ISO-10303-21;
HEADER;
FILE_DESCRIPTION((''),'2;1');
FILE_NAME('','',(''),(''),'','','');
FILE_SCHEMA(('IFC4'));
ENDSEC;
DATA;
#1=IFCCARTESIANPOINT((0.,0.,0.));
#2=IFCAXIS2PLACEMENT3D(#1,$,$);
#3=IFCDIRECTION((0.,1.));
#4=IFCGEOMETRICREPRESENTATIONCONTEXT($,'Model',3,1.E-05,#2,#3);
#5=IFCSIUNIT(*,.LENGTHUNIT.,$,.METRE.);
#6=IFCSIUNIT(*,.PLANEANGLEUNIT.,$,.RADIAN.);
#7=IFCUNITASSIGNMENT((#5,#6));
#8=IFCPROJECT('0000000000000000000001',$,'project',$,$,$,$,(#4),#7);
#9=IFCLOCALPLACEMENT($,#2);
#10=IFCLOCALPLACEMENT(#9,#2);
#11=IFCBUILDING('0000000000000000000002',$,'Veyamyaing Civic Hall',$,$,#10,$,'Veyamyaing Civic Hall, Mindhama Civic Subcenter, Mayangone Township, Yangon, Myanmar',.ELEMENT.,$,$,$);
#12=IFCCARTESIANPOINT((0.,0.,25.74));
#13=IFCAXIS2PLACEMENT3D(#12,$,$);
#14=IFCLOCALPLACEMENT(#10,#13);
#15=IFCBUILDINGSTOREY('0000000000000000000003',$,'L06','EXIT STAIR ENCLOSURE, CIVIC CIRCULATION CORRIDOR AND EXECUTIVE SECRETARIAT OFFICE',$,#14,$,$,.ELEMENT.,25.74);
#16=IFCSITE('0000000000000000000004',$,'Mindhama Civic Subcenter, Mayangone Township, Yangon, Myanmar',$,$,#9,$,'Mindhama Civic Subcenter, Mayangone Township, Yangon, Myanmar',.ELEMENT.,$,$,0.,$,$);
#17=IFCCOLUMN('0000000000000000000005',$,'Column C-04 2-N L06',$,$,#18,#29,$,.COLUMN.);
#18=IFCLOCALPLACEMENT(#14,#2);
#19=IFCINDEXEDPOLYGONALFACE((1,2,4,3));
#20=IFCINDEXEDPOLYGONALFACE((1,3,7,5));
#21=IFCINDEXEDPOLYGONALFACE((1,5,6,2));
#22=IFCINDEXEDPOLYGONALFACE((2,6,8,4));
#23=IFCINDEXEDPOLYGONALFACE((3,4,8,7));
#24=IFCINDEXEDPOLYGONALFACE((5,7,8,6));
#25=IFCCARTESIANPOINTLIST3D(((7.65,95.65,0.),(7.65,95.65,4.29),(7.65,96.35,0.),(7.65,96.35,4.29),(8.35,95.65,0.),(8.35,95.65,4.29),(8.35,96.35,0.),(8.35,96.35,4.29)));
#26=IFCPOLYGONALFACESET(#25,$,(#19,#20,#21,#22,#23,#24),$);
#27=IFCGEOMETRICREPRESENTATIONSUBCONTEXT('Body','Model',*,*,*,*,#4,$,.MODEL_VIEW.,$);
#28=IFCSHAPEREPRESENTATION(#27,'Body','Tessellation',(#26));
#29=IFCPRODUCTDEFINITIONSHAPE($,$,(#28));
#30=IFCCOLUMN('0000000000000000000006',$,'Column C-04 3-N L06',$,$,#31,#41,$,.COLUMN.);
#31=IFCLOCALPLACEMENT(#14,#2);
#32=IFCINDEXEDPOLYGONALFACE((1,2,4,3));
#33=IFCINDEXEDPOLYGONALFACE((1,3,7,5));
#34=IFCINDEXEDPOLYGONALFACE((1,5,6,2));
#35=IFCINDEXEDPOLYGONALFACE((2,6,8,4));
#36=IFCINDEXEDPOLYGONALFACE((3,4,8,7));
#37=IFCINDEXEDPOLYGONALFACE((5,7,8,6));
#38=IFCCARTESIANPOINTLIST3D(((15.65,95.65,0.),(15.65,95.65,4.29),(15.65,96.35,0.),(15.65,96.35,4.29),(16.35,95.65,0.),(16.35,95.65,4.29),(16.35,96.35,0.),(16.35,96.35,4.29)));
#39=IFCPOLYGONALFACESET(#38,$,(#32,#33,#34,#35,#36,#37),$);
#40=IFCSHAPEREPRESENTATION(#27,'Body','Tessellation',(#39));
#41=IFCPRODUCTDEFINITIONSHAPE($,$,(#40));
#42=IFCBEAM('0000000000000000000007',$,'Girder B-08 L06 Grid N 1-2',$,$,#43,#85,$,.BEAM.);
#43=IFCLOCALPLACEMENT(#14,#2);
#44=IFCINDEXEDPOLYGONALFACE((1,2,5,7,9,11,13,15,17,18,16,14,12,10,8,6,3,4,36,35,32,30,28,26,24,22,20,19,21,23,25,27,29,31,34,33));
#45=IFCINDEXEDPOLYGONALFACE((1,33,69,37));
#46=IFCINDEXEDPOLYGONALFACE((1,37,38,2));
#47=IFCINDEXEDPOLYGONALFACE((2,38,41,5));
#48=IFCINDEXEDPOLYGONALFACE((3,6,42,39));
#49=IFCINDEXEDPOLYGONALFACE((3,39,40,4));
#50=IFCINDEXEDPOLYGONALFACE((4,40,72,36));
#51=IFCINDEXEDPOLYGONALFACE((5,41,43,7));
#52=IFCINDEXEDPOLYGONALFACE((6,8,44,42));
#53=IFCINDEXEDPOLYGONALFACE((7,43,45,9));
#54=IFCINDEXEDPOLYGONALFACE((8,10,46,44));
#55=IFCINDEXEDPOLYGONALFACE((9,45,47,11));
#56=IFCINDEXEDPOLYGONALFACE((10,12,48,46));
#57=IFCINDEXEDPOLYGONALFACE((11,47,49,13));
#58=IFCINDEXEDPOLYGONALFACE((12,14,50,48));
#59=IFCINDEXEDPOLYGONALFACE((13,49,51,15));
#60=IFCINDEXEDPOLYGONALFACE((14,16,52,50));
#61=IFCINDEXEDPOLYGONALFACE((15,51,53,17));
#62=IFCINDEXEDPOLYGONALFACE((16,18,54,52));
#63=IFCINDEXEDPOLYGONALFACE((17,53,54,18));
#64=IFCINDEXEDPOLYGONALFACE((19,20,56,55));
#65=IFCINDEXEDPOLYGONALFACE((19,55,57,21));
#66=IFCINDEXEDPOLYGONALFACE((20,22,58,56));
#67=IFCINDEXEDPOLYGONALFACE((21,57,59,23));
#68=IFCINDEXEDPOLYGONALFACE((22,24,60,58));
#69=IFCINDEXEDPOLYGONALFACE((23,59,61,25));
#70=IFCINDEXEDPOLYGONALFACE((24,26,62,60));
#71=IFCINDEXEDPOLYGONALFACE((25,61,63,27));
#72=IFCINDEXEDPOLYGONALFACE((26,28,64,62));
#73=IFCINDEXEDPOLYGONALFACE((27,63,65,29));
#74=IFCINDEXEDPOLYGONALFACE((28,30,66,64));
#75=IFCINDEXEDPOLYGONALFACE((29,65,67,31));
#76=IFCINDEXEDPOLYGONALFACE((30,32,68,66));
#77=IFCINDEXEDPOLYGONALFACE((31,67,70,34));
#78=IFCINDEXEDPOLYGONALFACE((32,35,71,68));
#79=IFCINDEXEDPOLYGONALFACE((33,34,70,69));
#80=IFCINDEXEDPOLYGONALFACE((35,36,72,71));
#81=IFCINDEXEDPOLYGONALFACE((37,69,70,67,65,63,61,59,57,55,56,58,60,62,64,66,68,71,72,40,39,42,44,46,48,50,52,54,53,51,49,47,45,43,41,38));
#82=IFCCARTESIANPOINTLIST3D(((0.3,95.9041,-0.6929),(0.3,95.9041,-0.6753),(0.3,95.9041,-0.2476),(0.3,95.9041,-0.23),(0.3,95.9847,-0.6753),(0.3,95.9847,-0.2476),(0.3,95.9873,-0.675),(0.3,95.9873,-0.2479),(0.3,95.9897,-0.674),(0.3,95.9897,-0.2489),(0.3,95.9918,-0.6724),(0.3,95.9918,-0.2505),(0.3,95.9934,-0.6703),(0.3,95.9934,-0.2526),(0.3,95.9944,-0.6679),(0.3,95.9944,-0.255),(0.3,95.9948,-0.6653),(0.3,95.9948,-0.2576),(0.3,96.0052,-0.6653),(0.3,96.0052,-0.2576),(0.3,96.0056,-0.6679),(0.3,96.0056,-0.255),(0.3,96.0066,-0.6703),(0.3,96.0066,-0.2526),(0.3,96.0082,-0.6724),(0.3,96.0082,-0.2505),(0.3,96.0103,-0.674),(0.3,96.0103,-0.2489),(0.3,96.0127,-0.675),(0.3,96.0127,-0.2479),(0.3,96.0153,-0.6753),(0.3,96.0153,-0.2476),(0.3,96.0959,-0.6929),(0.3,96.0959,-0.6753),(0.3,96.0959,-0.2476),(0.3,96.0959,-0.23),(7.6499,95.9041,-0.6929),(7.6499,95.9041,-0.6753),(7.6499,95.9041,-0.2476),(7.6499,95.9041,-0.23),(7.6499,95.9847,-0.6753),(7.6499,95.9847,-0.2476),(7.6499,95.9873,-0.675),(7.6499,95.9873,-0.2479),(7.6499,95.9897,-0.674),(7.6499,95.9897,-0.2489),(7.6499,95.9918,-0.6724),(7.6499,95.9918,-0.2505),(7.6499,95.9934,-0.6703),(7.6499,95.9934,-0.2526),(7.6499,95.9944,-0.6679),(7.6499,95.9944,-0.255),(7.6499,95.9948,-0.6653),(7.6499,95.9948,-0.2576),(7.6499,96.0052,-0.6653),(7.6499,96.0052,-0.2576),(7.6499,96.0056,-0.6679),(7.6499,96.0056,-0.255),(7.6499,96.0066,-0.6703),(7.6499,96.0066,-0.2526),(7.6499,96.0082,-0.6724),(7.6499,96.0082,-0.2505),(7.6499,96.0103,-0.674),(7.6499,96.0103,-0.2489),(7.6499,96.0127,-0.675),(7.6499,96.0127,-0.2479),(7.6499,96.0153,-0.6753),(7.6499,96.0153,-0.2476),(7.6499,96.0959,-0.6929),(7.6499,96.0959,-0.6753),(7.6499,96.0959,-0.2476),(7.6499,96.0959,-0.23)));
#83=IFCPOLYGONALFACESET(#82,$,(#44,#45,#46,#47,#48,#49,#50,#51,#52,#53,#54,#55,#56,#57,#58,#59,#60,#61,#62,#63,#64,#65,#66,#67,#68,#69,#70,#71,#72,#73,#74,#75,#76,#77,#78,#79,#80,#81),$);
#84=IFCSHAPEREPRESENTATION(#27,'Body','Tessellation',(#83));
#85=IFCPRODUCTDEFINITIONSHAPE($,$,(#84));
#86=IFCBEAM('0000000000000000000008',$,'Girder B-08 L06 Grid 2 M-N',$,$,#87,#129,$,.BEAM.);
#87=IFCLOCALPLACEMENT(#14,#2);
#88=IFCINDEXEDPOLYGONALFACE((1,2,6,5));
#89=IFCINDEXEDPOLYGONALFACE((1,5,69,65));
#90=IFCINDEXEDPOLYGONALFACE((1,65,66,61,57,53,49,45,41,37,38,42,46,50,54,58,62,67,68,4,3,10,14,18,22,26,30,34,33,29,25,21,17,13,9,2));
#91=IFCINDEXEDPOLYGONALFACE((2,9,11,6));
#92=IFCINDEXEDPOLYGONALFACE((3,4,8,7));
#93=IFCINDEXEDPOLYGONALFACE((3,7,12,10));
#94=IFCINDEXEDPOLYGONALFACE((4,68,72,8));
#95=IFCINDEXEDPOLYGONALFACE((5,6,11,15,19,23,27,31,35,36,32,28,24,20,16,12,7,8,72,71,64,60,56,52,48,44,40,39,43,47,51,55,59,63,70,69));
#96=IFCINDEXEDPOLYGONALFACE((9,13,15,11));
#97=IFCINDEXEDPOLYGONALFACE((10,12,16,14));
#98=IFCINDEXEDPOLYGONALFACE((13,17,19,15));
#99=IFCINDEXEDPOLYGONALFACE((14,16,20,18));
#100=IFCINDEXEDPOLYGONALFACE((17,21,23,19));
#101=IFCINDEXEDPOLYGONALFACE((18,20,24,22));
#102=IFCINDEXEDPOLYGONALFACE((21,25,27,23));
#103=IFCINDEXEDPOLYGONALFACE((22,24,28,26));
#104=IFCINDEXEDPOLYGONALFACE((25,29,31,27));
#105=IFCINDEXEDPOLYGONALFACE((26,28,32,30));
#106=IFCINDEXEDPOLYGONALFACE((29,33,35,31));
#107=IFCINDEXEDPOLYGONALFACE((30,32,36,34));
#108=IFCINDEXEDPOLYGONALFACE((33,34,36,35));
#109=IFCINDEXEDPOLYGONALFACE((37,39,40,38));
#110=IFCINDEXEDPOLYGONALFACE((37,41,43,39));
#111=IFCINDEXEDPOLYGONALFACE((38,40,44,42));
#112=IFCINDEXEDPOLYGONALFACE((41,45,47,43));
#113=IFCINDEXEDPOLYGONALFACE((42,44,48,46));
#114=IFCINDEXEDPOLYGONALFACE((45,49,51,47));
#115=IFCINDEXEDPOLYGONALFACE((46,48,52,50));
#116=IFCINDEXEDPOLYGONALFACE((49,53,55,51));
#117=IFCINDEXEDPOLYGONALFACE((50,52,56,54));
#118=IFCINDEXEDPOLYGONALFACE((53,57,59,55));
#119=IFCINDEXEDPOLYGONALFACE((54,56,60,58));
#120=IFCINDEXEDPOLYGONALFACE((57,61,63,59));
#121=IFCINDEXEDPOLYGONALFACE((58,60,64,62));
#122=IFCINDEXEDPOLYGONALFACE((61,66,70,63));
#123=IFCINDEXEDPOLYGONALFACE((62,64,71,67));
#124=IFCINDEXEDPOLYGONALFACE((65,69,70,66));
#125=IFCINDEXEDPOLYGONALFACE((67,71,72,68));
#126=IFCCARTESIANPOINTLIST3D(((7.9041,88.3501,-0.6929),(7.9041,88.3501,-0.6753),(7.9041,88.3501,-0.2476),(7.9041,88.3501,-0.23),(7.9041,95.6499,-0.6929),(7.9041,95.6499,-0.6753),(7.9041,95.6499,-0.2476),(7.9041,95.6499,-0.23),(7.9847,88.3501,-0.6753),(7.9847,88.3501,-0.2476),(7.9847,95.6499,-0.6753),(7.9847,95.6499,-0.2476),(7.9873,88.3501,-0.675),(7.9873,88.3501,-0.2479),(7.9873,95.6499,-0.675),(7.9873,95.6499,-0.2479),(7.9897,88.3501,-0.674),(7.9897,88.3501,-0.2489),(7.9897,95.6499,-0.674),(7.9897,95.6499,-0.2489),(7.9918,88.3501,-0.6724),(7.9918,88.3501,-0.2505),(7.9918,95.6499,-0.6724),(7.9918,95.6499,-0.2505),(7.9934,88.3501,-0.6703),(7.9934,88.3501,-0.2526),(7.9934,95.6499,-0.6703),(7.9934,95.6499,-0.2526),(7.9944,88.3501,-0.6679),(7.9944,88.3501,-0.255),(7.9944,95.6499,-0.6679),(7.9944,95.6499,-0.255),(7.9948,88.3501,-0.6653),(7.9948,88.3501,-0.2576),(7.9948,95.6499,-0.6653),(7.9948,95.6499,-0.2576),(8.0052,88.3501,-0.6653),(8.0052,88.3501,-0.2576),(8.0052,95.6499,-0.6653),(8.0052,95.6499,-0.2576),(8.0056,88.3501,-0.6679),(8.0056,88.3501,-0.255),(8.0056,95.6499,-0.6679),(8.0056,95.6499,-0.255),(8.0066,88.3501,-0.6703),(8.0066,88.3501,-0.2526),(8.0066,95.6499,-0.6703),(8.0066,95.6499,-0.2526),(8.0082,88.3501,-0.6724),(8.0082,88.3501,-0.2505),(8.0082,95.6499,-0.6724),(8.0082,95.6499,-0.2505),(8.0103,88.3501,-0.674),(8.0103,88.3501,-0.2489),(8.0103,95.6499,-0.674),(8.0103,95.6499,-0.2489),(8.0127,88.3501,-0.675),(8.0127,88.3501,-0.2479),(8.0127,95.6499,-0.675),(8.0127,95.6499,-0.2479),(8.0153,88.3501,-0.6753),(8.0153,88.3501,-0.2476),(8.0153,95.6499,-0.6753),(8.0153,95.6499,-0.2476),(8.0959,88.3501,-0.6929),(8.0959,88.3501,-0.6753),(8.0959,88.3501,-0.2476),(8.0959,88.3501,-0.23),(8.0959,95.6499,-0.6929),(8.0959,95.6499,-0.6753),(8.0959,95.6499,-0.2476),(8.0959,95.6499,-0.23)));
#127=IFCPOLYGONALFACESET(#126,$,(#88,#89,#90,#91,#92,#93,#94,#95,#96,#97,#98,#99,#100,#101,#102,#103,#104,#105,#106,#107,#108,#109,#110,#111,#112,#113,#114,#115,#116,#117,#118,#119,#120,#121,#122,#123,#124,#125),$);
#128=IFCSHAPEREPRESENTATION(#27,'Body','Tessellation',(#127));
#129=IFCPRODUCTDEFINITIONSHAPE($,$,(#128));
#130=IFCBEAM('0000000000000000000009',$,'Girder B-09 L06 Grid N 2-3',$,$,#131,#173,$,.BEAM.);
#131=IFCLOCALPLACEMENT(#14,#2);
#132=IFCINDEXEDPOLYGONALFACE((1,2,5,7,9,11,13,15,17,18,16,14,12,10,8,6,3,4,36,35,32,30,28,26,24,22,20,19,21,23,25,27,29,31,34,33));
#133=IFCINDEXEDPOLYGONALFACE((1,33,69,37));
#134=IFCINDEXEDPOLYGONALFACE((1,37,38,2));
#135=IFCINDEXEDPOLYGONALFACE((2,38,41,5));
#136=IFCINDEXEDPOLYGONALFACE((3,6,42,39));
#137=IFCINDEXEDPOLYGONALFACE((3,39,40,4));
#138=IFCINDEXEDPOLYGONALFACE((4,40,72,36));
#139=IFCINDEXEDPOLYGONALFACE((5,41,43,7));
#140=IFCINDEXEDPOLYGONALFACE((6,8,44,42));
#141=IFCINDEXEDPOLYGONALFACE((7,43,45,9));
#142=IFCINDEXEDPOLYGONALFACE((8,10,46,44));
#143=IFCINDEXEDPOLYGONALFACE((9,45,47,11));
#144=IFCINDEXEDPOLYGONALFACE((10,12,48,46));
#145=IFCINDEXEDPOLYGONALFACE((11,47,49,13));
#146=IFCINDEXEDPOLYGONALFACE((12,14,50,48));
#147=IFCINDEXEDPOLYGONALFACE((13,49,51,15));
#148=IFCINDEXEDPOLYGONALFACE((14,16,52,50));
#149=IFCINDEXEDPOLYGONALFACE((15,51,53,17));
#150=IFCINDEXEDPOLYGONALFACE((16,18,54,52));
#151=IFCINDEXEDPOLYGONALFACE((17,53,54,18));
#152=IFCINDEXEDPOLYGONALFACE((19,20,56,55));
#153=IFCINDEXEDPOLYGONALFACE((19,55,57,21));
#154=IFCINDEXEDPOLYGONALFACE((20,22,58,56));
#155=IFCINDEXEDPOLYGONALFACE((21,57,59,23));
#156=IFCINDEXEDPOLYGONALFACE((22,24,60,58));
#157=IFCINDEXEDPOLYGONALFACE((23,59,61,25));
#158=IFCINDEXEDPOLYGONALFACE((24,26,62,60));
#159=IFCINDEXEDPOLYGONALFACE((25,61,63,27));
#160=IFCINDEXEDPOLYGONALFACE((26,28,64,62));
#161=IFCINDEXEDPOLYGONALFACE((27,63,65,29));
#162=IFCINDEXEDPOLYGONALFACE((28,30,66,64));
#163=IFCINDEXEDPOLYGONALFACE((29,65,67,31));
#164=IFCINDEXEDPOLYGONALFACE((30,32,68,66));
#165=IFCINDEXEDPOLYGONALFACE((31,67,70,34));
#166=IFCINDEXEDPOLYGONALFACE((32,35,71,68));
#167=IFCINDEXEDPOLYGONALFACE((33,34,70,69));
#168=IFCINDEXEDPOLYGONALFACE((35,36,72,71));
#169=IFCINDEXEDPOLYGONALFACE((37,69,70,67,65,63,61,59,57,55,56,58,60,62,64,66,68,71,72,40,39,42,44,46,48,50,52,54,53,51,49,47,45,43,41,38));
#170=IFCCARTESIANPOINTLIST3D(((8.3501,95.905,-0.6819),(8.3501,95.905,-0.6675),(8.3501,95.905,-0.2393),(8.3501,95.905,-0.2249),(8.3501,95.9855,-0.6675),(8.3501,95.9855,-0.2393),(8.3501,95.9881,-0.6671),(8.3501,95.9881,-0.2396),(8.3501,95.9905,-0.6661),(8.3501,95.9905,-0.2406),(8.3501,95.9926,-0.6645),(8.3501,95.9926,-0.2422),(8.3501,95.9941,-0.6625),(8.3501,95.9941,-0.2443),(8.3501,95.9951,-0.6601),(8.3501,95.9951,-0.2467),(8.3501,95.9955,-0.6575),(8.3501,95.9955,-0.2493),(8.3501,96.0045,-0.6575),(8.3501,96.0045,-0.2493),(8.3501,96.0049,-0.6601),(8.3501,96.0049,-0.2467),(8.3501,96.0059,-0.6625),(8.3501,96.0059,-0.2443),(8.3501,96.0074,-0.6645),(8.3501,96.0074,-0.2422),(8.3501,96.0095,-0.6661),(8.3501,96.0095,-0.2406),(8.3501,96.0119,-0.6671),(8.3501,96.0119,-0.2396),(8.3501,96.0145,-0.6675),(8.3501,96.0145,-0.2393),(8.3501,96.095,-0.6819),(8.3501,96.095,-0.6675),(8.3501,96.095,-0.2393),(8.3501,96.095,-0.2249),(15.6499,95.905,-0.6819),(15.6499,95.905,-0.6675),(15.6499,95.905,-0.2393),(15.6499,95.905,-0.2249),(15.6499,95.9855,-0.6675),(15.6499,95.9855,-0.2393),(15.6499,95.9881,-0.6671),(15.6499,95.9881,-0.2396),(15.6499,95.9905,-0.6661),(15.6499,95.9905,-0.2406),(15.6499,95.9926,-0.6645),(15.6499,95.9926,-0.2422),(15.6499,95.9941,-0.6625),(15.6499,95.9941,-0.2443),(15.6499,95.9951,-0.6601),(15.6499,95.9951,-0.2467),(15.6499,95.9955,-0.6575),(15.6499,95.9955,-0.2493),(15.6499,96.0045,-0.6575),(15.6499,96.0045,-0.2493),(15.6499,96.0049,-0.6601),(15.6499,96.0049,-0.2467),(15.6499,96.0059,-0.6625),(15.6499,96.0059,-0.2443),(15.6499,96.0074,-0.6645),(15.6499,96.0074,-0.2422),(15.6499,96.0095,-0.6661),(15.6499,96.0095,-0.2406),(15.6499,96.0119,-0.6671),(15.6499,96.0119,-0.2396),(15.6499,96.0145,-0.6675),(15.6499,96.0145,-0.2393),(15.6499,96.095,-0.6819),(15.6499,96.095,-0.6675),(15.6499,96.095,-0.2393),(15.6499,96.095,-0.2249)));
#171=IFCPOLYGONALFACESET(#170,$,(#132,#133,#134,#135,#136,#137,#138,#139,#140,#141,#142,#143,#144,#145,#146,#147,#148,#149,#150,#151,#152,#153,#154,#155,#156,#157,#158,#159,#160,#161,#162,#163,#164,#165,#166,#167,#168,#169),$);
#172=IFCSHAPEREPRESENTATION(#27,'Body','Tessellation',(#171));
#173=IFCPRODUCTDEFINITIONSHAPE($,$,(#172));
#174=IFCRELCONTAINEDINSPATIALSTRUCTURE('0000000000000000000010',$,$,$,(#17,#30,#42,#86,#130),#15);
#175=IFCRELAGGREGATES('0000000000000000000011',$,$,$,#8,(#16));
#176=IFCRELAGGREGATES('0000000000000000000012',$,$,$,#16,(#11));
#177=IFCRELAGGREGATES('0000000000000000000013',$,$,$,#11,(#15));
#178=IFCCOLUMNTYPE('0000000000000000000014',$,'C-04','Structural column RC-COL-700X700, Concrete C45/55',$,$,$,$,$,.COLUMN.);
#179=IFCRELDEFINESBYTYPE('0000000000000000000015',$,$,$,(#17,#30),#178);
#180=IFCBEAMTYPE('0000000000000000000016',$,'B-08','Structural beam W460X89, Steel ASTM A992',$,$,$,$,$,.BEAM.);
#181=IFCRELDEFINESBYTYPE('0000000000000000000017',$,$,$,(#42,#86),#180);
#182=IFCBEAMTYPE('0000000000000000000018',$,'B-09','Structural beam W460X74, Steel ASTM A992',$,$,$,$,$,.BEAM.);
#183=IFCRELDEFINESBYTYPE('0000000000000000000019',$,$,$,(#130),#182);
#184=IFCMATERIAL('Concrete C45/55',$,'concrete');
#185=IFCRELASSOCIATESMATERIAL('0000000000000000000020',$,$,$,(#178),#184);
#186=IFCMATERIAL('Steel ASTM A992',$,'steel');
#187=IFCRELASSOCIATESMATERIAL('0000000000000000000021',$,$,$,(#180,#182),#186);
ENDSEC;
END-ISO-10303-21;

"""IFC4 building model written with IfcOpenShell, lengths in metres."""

from ifc_helpers import new_model, si_unit, direction, frame, origin, origin_2d, place, context, subcontext, project, spatial, rectangle, i_section, extrude, material, material_profile, profile_set, type_object, element, save


model = new_model("IFC4")

# Units and contexts
model_context = context("Model", 3, precision=1e-05, world=origin(), true_north=direction((0.0, 1.0)))
body_context = subcontext(model_context, "Body", "Model", "MODEL_VIEW")
ifc_project = project(units=[si_unit("LENGTHUNIT", "METRE"), si_unit("PLANEANGLEUNIT", "RADIAN")], contexts=[model_context])

# Site, building, storey
site_placement = place(None, origin())
site = spatial("IfcSite", under=ifc_project, at=site_placement, Name="Mindhama Civic Subcenter, Mayangone Township, Yangon, Myanmar", LongName="Mindhama Civic Subcenter, Mayangone Township, Yangon, Myanmar", CompositionType="ELEMENT", RefElevation=0.0)
building_placement = place(site_placement, origin())
building = spatial("IfcBuilding", under=site, at=building_placement, Name="Veyamyaing Civic Hall", LongName="Veyamyaing Civic Hall, Mindhama Civic Subcenter, Mayangone Township, Yangon, Myanmar", CompositionType="ELEMENT")
storey_placement = place(building_placement, frame((0.0, 0.0, 25.74)))
storey = spatial("IfcBuildingStorey", under=building, at=storey_placement, Name="L06", Description="EXIT STAIR ENCLOSURE, CIVIC CIRCULATION CORRIDOR AND EXECUTIVE SECRETARIAT OFFICE", CompositionType="ELEMENT", Elevation=25.74)

# Columns
ifc_material_1 = material(Name="Concrete C45/55", Category="concrete")
ifc_material_profile_1 = material_profile(ifc_material_1, rectangle(XDim=0.7, YDim=0.7, at=origin_2d()), Name="RC-COL-700X700")
ifc_profile_set_1 = profile_set([ifc_material_profile_1], Name="Concrete C45/55")
column_type = type_object("IfcColumnType", Name="C-04", Description="Structural column RC-COL-700X700, Concrete C45/55", PredefinedType="COLUMN", material=ifc_profile_set_1)
for number, where, z_axis, x_axis, name in (
    (1, (8.0, 96.0, 0.0), (0.0, 0.0, 1.0), (1.0, 0.0, 0.0), "Column C-04 2-N L06"),
    (2, (16.0, 96.0, 0.0), (0.0, 0.0, 1.0), (1.0, 0.0, 0.0), "Column C-04 3-N L06"),
):
    element("IfcColumn", number, at=place(storey_placement, frame(where, z_axis=z_axis, x_axis=x_axis)), inside=storey, type_object=column_type, Name=name, PredefinedType="COLUMN", context=body_context, shape_type="SweptSolid", body=[
        extrude(rectangle(XDim=0.7, YDim=0.7, at=origin_2d()), origin(), (0.0, 0.0, 1.0), 4.29),
    ])

# Beams
ifc_material_2 = material(Name="Steel ASTM A992", Category="steel")
ifc_material_profile_2 = material_profile(ifc_material_2, i_section(OverallWidth=0.1919, OverallDepth=0.4629, WebThickness=0.0105, FlangeThickness=0.0176, FilletRadius=0.01, at=origin_2d()), Name="W460X89")
ifc_profile_set_2 = profile_set([ifc_material_profile_2], Name="Steel ASTM A992")
beam_type_1 = type_object("IfcBeamType", Name="B-08", Description="Structural beam W460X89, Steel ASTM A992", PredefinedType="BEAM", material=ifc_profile_set_2)
beam_1_placement = place(storey_placement, frame((0.3, 96.0, -0.4614), z_axis=(1.0, 0.0, 0.0), x_axis=(0.0, 1.0, 0.0)))
element("IfcBeam", 3, at=beam_1_placement, inside=storey, type_object=beam_type_1, Name="Girder B-08 L06 Grid N 1-2", PredefinedType="BEAM", context=body_context, shape_type="SweptSolid", body=[
    extrude(i_section(OverallWidth=0.1919, OverallDepth=0.4629, WebThickness=0.0105, FlangeThickness=0.0176, FilletRadius=0.01, at=origin_2d()), origin(), (0.0, 0.0, 1.0), 7.3499),
])
beam_2_placement = place(storey_placement, frame((8.0, 88.3501, -0.4614), z_axis=(0.0, 1.0, 0.0), x_axis=(-1.0, 0.0, 0.0)))
element("IfcBeam", 4, at=beam_2_placement, inside=storey, type_object=beam_type_1, Name="Girder B-08 L06 Grid 2 M-N", PredefinedType="BEAM", context=body_context, shape_type="SweptSolid", body=[
    extrude(i_section(OverallWidth=0.1919, OverallDepth=0.4629, WebThickness=0.0105, FlangeThickness=0.0176, FilletRadius=0.01, at=origin_2d()), origin(), (0.0, 0.0, 1.0), 7.2998),
])
ifc_material_profile_3 = material_profile(ifc_material_2, i_section(OverallWidth=0.1899, OverallDepth=0.457, WebThickness=0.009, FlangeThickness=0.0144, FilletRadius=0.01, at=origin_2d()), Name="W460X74")
ifc_profile_set_3 = profile_set([ifc_material_profile_3], Name="Steel ASTM A992")
beam_type_2 = type_object("IfcBeamType", Name="B-09", Description="Structural beam W460X74, Steel ASTM A992", PredefinedType="BEAM", material=ifc_profile_set_3)
for number, where, z_axis, x_axis, name in (
    (5, (8.3501, 96.0, -0.4534), (1.0, 0.0, 0.0), (0.0, 1.0, 0.0), "Girder B-09 L06 Grid N 2-3"),
):
    element("IfcBeam", number, at=place(storey_placement, frame(where, z_axis=z_axis, x_axis=x_axis)), inside=storey, type_object=beam_type_2, Name=name, PredefinedType="BEAM", context=body_context, shape_type="SweptSolid", body=[
        extrude(i_section(OverallWidth=0.1899, OverallDepth=0.457, WebThickness=0.009, FlangeThickness=0.0144, FilletRadius=0.01, at=origin_2d()), origin(), (0.0, 0.0, 1.0), 7.2998),
    ])

save(model, "model.ifc")
